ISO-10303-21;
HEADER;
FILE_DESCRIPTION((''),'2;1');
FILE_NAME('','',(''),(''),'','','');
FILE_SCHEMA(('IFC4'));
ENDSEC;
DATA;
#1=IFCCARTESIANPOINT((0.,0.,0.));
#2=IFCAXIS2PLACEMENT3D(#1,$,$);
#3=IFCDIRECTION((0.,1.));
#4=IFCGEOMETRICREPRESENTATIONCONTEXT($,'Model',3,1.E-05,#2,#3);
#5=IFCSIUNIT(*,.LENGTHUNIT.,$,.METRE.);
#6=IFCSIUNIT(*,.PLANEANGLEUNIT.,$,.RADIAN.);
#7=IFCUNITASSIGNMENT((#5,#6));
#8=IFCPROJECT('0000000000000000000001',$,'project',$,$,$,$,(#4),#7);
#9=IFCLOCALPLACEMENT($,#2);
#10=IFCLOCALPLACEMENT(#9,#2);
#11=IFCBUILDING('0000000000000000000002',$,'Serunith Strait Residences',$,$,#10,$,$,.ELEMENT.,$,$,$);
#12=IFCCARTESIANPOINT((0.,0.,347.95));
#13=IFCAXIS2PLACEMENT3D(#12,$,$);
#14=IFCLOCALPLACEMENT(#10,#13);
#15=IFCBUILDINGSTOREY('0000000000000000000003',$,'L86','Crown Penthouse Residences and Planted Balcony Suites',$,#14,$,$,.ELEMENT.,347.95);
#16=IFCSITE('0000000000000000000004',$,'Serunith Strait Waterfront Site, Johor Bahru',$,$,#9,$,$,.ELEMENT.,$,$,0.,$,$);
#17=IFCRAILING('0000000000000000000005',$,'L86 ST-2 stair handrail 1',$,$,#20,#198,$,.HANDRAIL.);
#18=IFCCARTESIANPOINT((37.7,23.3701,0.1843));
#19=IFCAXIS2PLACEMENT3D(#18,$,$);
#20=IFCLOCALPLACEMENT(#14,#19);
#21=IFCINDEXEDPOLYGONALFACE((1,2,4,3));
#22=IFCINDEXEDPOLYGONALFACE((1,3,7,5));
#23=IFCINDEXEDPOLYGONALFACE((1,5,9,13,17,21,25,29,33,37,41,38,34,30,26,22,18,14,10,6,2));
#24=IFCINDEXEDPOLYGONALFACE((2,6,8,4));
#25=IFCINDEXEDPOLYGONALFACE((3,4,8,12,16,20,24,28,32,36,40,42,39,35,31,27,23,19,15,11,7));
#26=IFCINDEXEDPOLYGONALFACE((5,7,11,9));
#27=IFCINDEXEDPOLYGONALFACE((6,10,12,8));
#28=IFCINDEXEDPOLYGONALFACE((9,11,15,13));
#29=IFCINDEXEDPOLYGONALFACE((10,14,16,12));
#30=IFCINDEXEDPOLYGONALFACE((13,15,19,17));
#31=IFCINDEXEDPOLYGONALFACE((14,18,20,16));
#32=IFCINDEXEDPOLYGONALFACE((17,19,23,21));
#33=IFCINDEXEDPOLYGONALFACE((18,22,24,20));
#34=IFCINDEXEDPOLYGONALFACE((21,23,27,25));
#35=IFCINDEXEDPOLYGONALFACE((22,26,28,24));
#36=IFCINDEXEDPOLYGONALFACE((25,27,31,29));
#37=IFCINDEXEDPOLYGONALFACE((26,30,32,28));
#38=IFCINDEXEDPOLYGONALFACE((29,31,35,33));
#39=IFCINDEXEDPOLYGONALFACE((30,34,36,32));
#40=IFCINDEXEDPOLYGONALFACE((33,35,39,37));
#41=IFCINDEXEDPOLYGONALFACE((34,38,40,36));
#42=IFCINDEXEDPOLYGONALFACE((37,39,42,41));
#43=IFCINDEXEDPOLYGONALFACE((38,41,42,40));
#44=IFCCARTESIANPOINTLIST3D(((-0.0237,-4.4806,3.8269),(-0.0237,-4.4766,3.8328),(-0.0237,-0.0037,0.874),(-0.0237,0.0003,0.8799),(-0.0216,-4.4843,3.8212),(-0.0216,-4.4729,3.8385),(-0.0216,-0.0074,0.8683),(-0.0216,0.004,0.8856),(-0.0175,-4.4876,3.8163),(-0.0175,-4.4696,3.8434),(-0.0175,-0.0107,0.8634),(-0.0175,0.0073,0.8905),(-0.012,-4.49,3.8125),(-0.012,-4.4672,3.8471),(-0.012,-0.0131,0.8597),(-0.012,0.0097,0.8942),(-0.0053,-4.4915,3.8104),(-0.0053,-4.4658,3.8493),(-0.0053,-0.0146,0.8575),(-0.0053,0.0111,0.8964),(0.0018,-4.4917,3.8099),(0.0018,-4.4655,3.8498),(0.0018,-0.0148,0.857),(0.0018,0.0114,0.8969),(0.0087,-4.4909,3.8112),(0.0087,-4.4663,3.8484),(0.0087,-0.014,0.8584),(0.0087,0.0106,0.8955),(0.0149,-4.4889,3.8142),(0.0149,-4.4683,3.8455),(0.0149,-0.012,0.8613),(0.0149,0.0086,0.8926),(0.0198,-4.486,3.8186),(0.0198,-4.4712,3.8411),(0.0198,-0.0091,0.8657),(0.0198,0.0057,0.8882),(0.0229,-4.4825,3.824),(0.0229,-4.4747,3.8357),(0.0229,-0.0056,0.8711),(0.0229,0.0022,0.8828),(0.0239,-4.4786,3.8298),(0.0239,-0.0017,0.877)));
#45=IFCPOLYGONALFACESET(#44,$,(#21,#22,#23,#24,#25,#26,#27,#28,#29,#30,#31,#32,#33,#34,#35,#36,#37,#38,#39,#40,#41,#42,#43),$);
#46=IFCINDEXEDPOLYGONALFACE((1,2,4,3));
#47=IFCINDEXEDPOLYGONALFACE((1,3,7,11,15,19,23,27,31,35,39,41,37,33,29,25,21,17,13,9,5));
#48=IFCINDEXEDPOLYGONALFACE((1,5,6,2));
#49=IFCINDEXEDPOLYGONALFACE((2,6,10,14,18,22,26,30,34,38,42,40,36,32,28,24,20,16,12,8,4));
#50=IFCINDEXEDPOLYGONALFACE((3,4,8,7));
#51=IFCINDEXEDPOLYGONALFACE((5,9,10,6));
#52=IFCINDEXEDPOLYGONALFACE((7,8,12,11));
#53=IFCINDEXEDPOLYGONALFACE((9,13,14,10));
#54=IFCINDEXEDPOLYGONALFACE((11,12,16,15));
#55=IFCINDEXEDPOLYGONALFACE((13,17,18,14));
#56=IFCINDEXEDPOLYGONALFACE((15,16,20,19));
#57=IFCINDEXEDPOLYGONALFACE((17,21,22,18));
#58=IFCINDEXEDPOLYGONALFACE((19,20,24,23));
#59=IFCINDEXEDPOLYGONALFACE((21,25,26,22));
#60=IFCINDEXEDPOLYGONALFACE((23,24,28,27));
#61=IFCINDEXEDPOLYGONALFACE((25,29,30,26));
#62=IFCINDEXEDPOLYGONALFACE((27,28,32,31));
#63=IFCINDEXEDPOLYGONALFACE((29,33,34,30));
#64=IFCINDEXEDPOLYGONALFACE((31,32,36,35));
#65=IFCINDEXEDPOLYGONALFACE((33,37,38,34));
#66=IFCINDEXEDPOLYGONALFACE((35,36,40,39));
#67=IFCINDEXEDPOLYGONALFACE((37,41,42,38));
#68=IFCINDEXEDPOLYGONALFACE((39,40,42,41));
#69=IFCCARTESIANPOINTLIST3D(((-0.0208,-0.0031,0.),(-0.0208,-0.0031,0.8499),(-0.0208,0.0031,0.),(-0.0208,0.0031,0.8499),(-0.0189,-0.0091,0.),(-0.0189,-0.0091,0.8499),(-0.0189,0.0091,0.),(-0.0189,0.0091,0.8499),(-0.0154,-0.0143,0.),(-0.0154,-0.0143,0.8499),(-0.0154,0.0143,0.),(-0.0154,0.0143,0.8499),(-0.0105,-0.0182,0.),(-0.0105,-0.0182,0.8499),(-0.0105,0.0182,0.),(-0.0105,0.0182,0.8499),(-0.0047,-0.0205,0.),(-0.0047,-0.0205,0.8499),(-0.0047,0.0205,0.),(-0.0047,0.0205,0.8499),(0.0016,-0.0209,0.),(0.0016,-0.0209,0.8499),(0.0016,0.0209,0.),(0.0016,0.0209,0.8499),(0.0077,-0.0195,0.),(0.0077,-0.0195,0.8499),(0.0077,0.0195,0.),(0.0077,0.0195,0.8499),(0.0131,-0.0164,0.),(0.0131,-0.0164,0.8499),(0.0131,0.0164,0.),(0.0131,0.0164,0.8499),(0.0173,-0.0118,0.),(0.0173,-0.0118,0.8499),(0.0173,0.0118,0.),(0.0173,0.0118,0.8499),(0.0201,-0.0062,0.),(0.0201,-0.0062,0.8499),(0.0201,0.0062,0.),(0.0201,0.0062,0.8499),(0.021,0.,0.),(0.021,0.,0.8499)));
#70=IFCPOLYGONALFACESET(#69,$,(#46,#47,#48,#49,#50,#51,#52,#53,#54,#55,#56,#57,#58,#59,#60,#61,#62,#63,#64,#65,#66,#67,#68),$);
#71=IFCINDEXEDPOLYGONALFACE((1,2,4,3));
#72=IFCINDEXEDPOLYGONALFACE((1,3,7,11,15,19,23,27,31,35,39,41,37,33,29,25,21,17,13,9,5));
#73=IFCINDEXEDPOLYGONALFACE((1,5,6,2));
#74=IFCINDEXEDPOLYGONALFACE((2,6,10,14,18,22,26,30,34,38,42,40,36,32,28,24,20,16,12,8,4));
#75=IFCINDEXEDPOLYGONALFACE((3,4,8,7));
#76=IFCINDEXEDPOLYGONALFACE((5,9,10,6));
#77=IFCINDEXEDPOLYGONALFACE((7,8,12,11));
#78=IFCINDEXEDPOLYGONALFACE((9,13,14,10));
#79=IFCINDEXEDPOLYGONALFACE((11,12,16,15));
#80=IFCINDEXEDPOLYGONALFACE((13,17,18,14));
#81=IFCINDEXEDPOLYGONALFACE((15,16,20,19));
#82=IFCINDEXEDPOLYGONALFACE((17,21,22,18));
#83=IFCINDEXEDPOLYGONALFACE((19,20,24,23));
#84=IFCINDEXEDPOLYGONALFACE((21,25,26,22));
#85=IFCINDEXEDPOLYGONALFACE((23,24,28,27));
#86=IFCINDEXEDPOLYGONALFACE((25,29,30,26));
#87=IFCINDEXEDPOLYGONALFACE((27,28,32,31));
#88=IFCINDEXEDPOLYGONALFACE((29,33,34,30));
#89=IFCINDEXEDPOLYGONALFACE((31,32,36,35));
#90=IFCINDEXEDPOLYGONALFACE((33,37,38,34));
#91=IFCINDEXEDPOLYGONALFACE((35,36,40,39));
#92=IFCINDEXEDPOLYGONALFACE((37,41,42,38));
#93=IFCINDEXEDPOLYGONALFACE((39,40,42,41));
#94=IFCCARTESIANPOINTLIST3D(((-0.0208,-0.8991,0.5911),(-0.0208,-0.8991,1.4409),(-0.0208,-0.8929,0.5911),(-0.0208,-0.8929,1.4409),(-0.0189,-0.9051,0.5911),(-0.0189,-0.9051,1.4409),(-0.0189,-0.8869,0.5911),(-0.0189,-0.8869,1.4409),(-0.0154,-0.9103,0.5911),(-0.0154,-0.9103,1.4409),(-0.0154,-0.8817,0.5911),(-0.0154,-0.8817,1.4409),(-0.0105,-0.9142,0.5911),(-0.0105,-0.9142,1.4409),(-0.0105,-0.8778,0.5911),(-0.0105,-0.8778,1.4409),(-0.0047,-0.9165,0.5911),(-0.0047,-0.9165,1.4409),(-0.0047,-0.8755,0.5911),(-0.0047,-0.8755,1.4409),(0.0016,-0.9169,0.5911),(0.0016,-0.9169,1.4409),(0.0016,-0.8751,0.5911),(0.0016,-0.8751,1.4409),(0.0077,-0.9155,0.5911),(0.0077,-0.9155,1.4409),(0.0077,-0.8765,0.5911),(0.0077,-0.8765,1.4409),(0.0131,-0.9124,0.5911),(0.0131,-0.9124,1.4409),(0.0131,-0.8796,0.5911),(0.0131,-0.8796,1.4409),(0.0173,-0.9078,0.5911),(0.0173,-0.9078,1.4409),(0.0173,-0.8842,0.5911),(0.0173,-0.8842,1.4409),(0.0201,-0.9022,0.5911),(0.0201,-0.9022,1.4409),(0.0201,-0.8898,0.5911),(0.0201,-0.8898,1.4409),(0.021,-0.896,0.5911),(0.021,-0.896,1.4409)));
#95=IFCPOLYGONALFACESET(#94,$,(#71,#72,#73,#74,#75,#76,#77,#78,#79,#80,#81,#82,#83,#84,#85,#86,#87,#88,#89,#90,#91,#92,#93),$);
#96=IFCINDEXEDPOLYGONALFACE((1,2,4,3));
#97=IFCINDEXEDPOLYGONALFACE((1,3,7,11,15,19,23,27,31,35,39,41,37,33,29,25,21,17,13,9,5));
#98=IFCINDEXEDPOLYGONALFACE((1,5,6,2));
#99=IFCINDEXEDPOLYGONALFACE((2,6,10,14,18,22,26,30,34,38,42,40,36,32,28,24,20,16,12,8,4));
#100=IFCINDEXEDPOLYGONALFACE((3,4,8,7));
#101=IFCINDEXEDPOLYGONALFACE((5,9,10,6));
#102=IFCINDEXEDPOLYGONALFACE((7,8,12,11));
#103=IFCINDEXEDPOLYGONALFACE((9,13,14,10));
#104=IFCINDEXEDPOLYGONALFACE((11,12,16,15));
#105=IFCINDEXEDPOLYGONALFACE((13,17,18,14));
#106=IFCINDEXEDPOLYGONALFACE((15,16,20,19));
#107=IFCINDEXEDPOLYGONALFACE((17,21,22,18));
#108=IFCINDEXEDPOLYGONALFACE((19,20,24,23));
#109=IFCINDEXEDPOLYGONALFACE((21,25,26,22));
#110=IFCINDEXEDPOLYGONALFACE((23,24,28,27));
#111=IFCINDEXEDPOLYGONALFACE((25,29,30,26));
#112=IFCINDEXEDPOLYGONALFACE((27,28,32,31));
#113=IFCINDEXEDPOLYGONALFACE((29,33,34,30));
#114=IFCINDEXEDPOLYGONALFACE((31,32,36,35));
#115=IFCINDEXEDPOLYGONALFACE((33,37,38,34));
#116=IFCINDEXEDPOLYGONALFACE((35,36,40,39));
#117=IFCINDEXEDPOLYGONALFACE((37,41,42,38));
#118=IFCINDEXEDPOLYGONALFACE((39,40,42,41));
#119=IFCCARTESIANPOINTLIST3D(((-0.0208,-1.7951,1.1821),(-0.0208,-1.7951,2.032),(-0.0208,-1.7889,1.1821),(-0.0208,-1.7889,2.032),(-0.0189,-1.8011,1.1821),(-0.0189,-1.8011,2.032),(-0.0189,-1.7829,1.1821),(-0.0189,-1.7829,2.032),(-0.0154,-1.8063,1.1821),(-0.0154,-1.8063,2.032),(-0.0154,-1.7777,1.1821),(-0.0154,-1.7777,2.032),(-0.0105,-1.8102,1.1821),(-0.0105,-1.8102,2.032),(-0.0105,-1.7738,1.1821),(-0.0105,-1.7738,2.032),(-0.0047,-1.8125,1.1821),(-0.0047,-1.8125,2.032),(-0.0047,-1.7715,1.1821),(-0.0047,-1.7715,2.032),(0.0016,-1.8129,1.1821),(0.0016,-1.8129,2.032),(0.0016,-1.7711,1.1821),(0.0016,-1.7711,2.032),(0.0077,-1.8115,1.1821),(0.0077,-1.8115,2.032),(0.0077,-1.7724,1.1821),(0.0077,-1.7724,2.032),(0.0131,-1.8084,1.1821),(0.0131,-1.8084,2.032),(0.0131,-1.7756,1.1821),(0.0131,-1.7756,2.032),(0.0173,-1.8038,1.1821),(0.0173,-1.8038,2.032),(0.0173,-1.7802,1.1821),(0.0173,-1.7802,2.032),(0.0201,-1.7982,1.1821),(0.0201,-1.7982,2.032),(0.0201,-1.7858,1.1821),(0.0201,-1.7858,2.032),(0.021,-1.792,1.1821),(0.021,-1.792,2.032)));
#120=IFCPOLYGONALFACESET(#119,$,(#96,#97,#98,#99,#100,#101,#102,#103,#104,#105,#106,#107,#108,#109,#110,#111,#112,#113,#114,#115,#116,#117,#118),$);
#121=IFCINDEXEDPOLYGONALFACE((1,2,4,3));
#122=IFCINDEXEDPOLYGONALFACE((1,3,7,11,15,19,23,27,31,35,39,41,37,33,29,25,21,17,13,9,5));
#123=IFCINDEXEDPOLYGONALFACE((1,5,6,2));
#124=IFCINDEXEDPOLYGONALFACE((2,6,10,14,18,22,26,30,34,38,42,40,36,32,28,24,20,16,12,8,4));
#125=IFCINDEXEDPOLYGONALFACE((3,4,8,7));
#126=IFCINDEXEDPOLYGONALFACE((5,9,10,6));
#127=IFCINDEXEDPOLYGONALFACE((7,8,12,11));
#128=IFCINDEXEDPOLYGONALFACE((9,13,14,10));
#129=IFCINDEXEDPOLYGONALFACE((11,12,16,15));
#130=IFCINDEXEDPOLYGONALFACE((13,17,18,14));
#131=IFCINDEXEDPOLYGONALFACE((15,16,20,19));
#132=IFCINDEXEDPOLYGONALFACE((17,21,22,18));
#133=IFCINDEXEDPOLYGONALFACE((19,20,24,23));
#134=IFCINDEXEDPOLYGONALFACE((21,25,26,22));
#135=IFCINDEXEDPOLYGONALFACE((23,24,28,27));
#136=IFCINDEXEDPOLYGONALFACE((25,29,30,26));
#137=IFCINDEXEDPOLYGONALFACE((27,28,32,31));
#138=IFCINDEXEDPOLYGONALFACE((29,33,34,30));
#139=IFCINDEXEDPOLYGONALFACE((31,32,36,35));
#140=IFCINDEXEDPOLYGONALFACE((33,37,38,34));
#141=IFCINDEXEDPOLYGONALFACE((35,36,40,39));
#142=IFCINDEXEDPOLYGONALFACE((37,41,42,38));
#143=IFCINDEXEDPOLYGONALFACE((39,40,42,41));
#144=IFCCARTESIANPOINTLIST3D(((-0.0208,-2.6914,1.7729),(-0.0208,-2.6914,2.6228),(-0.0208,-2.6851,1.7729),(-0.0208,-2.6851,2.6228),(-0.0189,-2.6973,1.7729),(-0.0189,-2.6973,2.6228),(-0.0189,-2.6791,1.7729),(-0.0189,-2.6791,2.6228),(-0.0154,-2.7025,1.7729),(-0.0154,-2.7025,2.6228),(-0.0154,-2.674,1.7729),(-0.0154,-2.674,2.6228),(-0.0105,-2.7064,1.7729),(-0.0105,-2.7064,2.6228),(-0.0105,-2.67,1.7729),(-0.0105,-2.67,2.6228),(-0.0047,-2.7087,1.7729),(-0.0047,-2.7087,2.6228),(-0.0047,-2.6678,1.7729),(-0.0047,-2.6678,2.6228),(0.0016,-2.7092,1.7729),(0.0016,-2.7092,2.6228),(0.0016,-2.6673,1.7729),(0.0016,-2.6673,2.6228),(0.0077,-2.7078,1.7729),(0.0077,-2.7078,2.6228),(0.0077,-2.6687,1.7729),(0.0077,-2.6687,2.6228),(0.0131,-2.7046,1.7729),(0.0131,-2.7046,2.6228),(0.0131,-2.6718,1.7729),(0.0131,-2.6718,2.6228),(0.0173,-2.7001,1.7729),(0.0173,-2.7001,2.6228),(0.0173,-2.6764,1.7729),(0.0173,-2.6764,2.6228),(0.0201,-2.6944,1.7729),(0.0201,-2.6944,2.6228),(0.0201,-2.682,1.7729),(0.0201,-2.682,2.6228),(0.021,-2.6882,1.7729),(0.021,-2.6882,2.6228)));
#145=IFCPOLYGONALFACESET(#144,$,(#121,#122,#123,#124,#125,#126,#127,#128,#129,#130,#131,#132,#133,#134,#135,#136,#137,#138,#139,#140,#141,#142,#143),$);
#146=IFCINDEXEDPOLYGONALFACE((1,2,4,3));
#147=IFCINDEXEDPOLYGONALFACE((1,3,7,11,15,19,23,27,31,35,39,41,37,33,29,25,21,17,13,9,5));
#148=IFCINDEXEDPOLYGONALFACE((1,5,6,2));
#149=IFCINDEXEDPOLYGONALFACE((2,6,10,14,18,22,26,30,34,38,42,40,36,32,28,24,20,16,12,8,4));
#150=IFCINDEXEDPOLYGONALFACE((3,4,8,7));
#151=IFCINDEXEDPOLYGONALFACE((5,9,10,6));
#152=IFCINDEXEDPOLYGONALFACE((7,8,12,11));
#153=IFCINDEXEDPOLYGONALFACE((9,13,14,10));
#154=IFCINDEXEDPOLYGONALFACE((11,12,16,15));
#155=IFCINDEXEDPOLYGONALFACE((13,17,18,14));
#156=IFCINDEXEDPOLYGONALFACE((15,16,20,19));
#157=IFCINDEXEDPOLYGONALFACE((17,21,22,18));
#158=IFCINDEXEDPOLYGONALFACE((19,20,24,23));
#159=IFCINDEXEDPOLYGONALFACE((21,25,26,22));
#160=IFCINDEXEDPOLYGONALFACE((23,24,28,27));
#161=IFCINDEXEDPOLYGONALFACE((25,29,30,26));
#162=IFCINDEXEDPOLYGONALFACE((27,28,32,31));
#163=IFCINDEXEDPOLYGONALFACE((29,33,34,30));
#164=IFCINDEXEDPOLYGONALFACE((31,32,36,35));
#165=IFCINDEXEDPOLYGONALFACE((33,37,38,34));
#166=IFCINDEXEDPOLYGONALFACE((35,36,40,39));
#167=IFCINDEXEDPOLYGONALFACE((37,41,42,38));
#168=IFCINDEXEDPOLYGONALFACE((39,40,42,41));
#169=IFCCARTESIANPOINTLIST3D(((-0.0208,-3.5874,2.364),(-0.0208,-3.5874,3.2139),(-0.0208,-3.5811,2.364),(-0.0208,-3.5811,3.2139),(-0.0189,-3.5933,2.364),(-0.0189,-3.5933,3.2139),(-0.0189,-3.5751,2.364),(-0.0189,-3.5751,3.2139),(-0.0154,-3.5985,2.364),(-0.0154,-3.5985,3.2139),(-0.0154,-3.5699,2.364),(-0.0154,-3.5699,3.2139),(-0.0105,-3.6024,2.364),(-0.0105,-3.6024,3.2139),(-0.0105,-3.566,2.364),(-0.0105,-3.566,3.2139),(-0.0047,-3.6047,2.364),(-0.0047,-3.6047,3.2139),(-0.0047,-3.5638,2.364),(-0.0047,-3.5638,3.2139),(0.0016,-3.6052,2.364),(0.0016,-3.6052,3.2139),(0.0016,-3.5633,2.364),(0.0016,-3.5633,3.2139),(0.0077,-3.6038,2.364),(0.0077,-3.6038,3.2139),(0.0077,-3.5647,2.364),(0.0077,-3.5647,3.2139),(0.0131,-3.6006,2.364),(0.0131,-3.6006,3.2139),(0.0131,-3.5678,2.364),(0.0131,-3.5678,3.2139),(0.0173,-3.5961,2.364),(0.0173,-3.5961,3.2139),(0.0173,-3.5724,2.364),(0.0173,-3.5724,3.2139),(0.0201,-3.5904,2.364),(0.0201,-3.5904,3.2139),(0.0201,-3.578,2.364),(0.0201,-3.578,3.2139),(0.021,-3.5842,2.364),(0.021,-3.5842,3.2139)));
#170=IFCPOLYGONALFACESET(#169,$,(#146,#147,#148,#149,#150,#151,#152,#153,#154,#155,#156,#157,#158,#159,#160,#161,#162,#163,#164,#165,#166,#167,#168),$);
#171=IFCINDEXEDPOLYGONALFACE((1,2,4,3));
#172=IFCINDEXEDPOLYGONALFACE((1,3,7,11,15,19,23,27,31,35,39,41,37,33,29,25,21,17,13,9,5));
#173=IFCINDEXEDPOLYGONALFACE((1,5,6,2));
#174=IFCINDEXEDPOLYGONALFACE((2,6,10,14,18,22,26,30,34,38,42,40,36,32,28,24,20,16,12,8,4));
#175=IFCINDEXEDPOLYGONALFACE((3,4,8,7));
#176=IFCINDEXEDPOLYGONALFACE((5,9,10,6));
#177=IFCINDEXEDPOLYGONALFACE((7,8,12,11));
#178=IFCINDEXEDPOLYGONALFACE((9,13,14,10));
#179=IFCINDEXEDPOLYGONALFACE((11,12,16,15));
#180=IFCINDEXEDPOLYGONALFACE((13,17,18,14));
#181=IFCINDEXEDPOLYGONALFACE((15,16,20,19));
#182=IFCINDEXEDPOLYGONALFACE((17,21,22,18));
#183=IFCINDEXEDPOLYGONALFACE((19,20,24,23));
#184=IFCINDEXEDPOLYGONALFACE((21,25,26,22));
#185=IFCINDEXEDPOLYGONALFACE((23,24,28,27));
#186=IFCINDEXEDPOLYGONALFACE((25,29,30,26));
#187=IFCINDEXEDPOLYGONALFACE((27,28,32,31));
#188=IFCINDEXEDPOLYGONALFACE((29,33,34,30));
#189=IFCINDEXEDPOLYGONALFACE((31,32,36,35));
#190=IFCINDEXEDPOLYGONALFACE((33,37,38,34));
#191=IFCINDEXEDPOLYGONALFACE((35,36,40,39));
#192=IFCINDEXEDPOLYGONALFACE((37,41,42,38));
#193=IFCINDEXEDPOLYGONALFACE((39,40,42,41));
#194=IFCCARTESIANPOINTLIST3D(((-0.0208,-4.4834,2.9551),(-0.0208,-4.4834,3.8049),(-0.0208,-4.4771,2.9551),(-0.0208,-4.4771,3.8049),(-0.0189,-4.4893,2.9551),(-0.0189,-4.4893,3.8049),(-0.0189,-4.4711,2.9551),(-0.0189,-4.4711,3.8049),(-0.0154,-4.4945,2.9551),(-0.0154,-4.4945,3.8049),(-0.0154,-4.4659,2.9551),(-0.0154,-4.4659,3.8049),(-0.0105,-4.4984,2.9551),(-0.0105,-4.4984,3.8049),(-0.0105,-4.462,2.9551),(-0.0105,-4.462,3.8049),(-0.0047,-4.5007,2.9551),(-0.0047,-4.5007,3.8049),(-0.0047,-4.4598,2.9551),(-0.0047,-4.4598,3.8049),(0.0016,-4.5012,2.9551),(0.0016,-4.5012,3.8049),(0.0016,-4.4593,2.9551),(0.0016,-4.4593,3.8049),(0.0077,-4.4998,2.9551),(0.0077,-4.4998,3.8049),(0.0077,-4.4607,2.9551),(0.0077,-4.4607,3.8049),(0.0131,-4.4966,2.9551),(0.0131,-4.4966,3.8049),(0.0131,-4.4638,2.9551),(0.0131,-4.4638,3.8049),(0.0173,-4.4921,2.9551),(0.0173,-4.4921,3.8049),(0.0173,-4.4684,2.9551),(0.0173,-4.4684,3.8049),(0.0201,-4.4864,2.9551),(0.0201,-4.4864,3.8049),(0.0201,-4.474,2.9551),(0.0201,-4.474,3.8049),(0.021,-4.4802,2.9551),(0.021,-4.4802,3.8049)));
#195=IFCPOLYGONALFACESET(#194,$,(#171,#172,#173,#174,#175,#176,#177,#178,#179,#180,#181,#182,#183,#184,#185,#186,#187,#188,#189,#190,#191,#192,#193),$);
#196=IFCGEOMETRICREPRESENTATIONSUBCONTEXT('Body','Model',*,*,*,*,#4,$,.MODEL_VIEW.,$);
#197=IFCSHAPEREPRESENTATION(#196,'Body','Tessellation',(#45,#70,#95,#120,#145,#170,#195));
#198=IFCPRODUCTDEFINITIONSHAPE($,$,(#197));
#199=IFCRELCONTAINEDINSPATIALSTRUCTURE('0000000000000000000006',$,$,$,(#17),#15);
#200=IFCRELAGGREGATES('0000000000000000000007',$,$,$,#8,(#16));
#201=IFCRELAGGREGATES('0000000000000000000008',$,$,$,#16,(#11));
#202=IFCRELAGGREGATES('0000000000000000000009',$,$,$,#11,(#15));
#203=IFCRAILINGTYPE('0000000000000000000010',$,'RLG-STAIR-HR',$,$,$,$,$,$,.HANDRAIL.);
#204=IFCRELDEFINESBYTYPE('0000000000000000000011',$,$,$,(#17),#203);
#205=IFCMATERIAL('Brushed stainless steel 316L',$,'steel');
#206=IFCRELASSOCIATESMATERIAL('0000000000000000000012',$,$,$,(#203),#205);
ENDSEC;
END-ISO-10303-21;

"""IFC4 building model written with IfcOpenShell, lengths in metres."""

from ifc_helpers import new_model, si_unit, direction, frame, origin, origin_2d, place, context, subcontext, project, spatial, circle, extrude, material, type_object, element, save


model = new_model("IFC4")

# Units and contexts
model_context = context("Model", 3, precision=1e-05, world=origin(), true_north=direction((0.0, 1.0)))
body_context = subcontext(model_context, "Body", "Model", "MODEL_VIEW")
ifc_project = project(units=[si_unit("LENGTHUNIT", "METRE"), si_unit("PLANEANGLEUNIT", "RADIAN")], contexts=[model_context])

# Site, building, storey
site_placement = place(None, origin())
site = spatial("IfcSite", under=ifc_project, at=site_placement, Name="Serunith Strait Waterfront Site, Johor Bahru", CompositionType="ELEMENT", RefElevation=0.0)
building_placement = place(site_placement, origin())
building = spatial("IfcBuilding", under=site, at=building_placement, Name="Serunith Strait Residences", CompositionType="ELEMENT")
storey_placement = place(building_placement, frame((0.0, 0.0, 347.95)))
storey = spatial("IfcBuildingStorey", under=building, at=storey_placement, Name="L86", Description="Crown Penthouse Residences and Planted Balcony Suites", CompositionType="ELEMENT", Elevation=347.95)

# Railing
ifc_material_1 = material(Name="Brushed stainless steel 316L", Category="steel")
railing_type_1 = type_object("IfcRailingType", Name="RLG-STAIR-HR", PredefinedType="HANDRAIL", material=ifc_material_1)
railing_1_placement = place(storey_placement, frame((37.7, 23.3701, 0.1843)))
element("IfcRailing", 1, at=railing_1_placement, inside=storey, type_object=railing_type_1, Name="L86 ST-2 stair handrail 1", PredefinedType="HANDRAIL", context=body_context, shape_type="SweptSolid", body=[
    extrude(circle(Radius=0.0239, at=origin_2d()), frame((0.0, -0.0017, 0.877), z_axis=(0.0, -0.83477, 0.550599), x_axis=(1.0, 0.0, 0.0)), (0.0, 0.0, 1.0), 5.363),
    extrude(circle(Radius=0.021, at=origin_2d()), origin(), (0.0, 0.0, 1.0), 0.8499),
    extrude(circle(Radius=0.021, at=origin_2d()), frame((0.0, -0.896, 0.5911)), (0.0, 0.0, 1.0), 0.8499),
    extrude(circle(Radius=0.021, at=origin_2d()), frame((0.0, -1.792, 1.1821)), (0.0, 0.0, 1.0), 0.8499),
    extrude(circle(Radius=0.021, at=origin_2d()), frame((0.0, -2.6882, 1.7729)), (0.0, 0.0, 1.0), 0.8499),
    extrude(circle(Radius=0.021, at=origin_2d()), frame((0.0, -3.5842, 2.364)), (0.0, 0.0, 1.0), 0.8499),
    extrude(circle(Radius=0.021, at=origin_2d()), frame((0.0, -4.4802, 2.9551)), (0.0, 0.0, 1.0), 0.8499),
])

save(model, "model.ifc")
